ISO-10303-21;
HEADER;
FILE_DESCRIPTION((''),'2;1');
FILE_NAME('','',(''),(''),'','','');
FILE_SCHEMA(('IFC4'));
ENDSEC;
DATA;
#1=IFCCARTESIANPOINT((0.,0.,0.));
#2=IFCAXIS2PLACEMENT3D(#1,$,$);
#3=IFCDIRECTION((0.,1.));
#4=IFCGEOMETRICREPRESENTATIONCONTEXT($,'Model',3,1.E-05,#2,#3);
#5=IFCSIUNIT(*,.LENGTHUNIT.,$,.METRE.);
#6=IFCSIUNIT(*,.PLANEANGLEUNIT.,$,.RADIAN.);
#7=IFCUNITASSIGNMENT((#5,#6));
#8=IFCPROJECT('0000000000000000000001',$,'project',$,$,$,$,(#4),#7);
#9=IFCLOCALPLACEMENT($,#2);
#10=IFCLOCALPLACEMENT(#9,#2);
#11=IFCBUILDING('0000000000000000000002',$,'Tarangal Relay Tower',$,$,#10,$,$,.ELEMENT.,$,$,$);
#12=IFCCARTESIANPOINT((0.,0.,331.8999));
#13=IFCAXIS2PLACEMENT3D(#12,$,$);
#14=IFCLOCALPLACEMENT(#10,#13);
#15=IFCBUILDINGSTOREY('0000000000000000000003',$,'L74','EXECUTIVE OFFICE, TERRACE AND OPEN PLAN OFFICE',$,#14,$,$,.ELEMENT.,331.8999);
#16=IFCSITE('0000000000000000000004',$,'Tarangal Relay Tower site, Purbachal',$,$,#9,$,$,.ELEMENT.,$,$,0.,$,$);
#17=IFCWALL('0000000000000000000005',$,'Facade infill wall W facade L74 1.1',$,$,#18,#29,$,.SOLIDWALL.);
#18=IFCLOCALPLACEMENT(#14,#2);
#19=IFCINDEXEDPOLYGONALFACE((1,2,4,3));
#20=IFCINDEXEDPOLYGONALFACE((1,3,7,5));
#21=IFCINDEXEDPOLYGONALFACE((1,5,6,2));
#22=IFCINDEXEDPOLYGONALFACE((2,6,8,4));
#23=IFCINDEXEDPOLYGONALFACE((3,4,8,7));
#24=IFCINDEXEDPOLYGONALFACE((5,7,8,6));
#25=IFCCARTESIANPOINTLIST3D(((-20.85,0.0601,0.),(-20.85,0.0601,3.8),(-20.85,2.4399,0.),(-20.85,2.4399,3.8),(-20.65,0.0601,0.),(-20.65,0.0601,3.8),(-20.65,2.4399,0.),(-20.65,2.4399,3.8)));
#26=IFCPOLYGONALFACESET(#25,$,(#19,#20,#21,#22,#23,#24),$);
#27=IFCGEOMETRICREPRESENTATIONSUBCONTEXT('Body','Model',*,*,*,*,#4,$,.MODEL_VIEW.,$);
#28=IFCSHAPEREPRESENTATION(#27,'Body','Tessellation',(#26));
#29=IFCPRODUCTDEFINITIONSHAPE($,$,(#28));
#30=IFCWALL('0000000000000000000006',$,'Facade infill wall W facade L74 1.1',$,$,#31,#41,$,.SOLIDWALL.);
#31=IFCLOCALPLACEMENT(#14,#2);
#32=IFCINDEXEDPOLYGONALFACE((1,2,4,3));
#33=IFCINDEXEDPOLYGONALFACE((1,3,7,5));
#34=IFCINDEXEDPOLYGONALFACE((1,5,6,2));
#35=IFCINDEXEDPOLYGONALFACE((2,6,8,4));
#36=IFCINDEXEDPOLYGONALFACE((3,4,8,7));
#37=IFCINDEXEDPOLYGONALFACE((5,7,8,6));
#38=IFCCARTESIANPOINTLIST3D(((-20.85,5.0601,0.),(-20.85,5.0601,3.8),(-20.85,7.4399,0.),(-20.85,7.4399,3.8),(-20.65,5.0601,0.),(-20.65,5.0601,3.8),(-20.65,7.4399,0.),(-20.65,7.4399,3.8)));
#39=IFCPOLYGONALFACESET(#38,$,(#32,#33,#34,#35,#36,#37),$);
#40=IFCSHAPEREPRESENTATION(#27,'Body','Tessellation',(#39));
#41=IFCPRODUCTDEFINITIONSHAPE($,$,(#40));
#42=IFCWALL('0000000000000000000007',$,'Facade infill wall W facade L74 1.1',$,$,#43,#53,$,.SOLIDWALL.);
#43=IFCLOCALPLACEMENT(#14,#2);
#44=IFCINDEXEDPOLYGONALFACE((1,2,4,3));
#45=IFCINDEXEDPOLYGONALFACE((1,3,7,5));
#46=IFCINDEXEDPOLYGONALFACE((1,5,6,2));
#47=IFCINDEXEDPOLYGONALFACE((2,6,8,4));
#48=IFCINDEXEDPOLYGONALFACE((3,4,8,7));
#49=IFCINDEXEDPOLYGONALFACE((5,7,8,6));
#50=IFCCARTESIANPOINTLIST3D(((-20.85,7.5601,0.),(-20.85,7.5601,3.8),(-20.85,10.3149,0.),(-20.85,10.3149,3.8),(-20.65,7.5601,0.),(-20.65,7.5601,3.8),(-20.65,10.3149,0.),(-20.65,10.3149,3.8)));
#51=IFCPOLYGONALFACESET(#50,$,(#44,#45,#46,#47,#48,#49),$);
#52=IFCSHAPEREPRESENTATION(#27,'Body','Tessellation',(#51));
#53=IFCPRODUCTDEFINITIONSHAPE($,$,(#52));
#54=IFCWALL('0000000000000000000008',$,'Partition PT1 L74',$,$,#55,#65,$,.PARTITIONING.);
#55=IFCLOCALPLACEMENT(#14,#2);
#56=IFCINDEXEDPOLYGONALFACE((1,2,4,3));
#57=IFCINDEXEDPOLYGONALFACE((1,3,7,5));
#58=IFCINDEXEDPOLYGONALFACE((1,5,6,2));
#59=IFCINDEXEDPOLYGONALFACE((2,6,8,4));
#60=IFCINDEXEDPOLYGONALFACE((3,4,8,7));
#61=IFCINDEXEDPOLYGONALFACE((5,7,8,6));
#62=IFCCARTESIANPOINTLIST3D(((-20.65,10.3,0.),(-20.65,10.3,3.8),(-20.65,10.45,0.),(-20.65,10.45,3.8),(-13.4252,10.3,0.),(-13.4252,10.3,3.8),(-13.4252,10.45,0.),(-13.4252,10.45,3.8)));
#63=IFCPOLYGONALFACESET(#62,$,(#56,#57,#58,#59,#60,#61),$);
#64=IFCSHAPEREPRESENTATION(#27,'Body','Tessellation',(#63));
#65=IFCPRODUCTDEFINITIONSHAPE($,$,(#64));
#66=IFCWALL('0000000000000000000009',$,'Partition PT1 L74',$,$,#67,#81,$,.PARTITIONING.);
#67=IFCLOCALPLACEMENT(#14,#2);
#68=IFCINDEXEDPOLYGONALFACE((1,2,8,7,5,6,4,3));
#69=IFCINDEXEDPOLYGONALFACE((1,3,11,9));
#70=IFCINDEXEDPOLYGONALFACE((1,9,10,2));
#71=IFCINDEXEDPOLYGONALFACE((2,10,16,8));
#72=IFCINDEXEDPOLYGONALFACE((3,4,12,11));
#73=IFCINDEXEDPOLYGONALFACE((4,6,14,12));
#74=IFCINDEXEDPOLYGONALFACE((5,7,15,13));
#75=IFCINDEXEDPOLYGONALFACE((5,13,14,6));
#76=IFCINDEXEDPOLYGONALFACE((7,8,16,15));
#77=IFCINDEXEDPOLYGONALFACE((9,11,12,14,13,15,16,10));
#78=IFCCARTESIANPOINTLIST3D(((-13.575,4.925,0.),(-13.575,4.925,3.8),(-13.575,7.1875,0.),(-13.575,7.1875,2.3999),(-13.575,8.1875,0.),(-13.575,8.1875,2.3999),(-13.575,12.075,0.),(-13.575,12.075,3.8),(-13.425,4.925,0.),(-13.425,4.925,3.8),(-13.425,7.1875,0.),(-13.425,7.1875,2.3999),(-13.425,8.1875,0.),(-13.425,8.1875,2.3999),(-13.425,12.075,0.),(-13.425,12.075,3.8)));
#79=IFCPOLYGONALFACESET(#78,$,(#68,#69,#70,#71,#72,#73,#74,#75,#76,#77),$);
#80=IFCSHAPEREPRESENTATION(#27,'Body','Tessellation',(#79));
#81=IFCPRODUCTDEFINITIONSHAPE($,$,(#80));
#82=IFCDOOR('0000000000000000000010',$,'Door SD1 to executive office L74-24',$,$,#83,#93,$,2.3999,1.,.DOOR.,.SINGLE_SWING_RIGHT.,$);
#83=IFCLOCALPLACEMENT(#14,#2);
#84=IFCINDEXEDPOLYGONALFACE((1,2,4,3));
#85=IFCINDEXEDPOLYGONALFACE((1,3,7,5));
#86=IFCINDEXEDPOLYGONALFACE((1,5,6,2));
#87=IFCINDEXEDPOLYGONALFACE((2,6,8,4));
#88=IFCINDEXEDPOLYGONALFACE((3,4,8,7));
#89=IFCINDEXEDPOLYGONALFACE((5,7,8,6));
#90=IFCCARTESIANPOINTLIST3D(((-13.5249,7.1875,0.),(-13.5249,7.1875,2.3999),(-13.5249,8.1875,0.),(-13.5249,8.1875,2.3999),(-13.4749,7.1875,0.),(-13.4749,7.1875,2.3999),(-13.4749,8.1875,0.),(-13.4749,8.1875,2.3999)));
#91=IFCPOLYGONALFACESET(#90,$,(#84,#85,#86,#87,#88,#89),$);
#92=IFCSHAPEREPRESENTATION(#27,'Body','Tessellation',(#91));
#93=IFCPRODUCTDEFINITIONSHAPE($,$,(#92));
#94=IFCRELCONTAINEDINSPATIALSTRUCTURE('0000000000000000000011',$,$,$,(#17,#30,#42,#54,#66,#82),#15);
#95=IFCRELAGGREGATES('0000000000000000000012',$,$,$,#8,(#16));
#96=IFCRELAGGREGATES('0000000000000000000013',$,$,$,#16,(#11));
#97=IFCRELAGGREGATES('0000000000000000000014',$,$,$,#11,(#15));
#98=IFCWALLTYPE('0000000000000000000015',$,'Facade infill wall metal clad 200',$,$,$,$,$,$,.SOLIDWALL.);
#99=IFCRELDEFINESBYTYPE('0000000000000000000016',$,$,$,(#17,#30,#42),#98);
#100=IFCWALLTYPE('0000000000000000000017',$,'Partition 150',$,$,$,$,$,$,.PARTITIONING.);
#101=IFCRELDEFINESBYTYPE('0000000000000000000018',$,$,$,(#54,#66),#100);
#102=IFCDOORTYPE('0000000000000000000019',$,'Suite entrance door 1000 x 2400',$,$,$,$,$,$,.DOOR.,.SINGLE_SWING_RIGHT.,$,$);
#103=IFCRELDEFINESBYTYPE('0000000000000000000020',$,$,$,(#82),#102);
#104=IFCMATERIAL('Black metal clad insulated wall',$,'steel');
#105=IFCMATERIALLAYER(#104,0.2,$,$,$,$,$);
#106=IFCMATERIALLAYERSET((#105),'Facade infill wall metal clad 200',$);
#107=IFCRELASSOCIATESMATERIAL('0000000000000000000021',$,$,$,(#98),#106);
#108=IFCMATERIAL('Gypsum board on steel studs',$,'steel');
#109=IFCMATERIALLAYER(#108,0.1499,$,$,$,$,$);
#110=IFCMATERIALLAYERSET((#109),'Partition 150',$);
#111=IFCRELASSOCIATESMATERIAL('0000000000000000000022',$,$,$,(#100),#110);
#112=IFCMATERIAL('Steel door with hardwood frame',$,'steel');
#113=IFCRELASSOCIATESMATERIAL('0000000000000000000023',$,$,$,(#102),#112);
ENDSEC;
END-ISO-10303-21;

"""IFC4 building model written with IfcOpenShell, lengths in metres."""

from ifc_helpers import new_model, si_unit, direction, frame, frame_2d, origin, place, context, subcontext, project, spatial, rectangle, extrude, material, layer, layer_set, type_object, element, fill, save


model = new_model("IFC4")

# Units and contexts
model_context = context("Model", 3, precision=1e-05, world=origin(), true_north=direction((0.0, 1.0)))
body_context = subcontext(model_context, "Body", "Model", "MODEL_VIEW")
ifc_project = project(units=[si_unit("LENGTHUNIT", "METRE"), si_unit("PLANEANGLEUNIT", "RADIAN")], contexts=[model_context])

# Site, building, storey
site_placement = place(None, origin())
site = spatial("IfcSite", under=ifc_project, at=site_placement, Name="Tarangal Relay Tower site, Purbachal", CompositionType="ELEMENT", RefElevation=0.0)
building_placement = place(site_placement, origin())
building = spatial("IfcBuilding", under=site, at=building_placement, Name="Tarangal Relay Tower", CompositionType="ELEMENT")
storey_placement = place(building_placement, frame((0.0, 0.0, 331.8999)))
storey = spatial("IfcBuildingStorey", under=building, at=storey_placement, Name="L74", Description="EXECUTIVE OFFICE, TERRACE AND OPEN PLAN OFFICE", CompositionType="ELEMENT", Elevation=331.8999)

# Shared definitions
ifc_material_1 = material(Name="Steel door with hardwood frame", Category="steel")

# Walls
ifc_material_2 = material(Name="Black metal clad insulated wall", Category="steel")
ifc_layer_1 = layer(ifc_material_2, 0.2)
ifc_layer_set_1 = layer_set([ifc_layer_1], Name="Facade infill wall metal clad 200")
wall_type_1 = type_object("IfcWallType", Name="Facade infill wall metal clad 200", PredefinedType="SOLIDWALL", material=ifc_layer_set_1)
for number, where, z_axis, x_axis, name in (
    (1, (-20.75, 0.0601, 0.0), (0.0, 0.0, 1.0), (0.0, 1.0, 0.0), "Facade infill wall W facade L74 1.1"),
    (2, (-20.75, 5.0601, 0.0), (0.0, 0.0, 1.0), (0.0, 1.0, 0.0), "Facade infill wall W facade L74 1.1"),
):
    element("IfcWall", number, at=place(storey_placement, frame(where, z_axis=z_axis, x_axis=x_axis)), inside=storey, type_object=wall_type_1, Name=name, PredefinedType="SOLIDWALL", context=body_context, shape_type="SweptSolid", body=[
        extrude(rectangle(XDim=2.3799, YDim=0.2, at=frame_2d((1.1899, 0.0))), origin(), (0.0, 0.0, 1.0), 3.8),
    ])
wall_1_placement = place(storey_placement, frame((-20.75, 7.5601, 0.0), z_axis=(0.0, 0.0, 1.0), x_axis=(0.0, 1.0, 0.0)))
element("IfcWall", 3, at=wall_1_placement, inside=storey, type_object=wall_type_1, Name="Facade infill wall W facade L74 1.1", PredefinedType="SOLIDWALL", context=body_context, shape_type="SweptSolid", body=[
    extrude(rectangle(XDim=2.7549, YDim=0.2, at=frame_2d((1.3774, 0.0))), origin(), (0.0, 0.0, 1.0), 3.8),
])
ifc_material_3 = material(Name="Gypsum board on steel studs", Category="steel")
ifc_layer_2 = layer(ifc_material_3, 0.1499)
ifc_layer_set_2 = layer_set([ifc_layer_2], Name="Partition 150")
wall_type_2 = type_object("IfcWallType", Name="Partition 150", PredefinedType="PARTITIONING", material=ifc_layer_set_2)
wall_2_placement = place(storey_placement, frame((-20.6499, 10.375, 0.0), z_axis=(0.0, 0.0, 1.0), x_axis=(1.0, 0.0, 0.0)))
element("IfcWall", 4, at=wall_2_placement, inside=storey, type_object=wall_type_2, Name="Partition PT1 L74", PredefinedType="PARTITIONING", context=body_context, shape_type="SweptSolid", body=[
    extrude(rectangle(XDim=7.2249, YDim=0.1499, at=frame_2d((3.6123, 0.0))), origin(), (0.0, 0.0, 1.0), 3.8),
])

# Wall, opening, door
wall_3_placement = place(storey_placement, frame((-13.5, 4.925, 0.0), z_axis=(0.0, 0.0, 1.0), x_axis=(0.0, 1.0, 0.0)))
wall_3 = element("IfcWall", 5, at=wall_3_placement, inside=storey, type_object=wall_type_2, Name="Partition PT1 L74", PredefinedType="PARTITIONING", context=body_context, shape_type="SweptSolid", body=[
    extrude(rectangle(XDim=7.1499, YDim=0.1499, at=frame_2d((3.575, 0.0))), origin(), (0.0, 0.0, 1.0), 3.8),
])
opening_1_placement = place(wall_3_placement, frame((2.2625, 0.0, 0.0)))
opening_1 = element("IfcOpeningElement", 6, at=opening_1_placement, cuts=wall_3, PredefinedType="OPENING", context=body_context, shape_type="SweptSolid", body=[
    extrude(rectangle(XDim=1.0, YDim=2.3999, at=frame_2d((0.5, 1.2))), frame((0.0, 0.085, 0.0), z_axis=(0.0, -1.0, 0.0), x_axis=(1.0, 0.0, 0.0)), (0.0, 0.0, 1.0), 0.1699),
])
door_type_1 = type_object("IfcDoorType", Name="Suite entrance door 1000 x 2400", OperationType="SINGLE_SWING_RIGHT", PredefinedType="DOOR", material=ifc_material_1)
door_1_placement = place(opening_1_placement, origin())
door_1 = element("IfcDoor", 7, at=door_1_placement, inside=storey, type_object=door_type_1, Name="Door SD1 to executive office L74-24", OperationType="SINGLE_SWING_RIGHT", OverallHeight=2.3999, OverallWidth=1.0, PredefinedType="DOOR", context=body_context, shape_type="SweptSolid", body=[
    extrude(rectangle(XDim=1.0, YDim=2.3999, at=frame_2d((0.5, 1.2))), frame((0.0, 0.0249, 0.0), z_axis=(0.0, -1.0, 0.0), x_axis=(1.0, 0.0, 0.0)), (0.0, 0.0, 1.0), 0.05),
])
fill(opening_1, door_1)

save(model, "model.ifc")
